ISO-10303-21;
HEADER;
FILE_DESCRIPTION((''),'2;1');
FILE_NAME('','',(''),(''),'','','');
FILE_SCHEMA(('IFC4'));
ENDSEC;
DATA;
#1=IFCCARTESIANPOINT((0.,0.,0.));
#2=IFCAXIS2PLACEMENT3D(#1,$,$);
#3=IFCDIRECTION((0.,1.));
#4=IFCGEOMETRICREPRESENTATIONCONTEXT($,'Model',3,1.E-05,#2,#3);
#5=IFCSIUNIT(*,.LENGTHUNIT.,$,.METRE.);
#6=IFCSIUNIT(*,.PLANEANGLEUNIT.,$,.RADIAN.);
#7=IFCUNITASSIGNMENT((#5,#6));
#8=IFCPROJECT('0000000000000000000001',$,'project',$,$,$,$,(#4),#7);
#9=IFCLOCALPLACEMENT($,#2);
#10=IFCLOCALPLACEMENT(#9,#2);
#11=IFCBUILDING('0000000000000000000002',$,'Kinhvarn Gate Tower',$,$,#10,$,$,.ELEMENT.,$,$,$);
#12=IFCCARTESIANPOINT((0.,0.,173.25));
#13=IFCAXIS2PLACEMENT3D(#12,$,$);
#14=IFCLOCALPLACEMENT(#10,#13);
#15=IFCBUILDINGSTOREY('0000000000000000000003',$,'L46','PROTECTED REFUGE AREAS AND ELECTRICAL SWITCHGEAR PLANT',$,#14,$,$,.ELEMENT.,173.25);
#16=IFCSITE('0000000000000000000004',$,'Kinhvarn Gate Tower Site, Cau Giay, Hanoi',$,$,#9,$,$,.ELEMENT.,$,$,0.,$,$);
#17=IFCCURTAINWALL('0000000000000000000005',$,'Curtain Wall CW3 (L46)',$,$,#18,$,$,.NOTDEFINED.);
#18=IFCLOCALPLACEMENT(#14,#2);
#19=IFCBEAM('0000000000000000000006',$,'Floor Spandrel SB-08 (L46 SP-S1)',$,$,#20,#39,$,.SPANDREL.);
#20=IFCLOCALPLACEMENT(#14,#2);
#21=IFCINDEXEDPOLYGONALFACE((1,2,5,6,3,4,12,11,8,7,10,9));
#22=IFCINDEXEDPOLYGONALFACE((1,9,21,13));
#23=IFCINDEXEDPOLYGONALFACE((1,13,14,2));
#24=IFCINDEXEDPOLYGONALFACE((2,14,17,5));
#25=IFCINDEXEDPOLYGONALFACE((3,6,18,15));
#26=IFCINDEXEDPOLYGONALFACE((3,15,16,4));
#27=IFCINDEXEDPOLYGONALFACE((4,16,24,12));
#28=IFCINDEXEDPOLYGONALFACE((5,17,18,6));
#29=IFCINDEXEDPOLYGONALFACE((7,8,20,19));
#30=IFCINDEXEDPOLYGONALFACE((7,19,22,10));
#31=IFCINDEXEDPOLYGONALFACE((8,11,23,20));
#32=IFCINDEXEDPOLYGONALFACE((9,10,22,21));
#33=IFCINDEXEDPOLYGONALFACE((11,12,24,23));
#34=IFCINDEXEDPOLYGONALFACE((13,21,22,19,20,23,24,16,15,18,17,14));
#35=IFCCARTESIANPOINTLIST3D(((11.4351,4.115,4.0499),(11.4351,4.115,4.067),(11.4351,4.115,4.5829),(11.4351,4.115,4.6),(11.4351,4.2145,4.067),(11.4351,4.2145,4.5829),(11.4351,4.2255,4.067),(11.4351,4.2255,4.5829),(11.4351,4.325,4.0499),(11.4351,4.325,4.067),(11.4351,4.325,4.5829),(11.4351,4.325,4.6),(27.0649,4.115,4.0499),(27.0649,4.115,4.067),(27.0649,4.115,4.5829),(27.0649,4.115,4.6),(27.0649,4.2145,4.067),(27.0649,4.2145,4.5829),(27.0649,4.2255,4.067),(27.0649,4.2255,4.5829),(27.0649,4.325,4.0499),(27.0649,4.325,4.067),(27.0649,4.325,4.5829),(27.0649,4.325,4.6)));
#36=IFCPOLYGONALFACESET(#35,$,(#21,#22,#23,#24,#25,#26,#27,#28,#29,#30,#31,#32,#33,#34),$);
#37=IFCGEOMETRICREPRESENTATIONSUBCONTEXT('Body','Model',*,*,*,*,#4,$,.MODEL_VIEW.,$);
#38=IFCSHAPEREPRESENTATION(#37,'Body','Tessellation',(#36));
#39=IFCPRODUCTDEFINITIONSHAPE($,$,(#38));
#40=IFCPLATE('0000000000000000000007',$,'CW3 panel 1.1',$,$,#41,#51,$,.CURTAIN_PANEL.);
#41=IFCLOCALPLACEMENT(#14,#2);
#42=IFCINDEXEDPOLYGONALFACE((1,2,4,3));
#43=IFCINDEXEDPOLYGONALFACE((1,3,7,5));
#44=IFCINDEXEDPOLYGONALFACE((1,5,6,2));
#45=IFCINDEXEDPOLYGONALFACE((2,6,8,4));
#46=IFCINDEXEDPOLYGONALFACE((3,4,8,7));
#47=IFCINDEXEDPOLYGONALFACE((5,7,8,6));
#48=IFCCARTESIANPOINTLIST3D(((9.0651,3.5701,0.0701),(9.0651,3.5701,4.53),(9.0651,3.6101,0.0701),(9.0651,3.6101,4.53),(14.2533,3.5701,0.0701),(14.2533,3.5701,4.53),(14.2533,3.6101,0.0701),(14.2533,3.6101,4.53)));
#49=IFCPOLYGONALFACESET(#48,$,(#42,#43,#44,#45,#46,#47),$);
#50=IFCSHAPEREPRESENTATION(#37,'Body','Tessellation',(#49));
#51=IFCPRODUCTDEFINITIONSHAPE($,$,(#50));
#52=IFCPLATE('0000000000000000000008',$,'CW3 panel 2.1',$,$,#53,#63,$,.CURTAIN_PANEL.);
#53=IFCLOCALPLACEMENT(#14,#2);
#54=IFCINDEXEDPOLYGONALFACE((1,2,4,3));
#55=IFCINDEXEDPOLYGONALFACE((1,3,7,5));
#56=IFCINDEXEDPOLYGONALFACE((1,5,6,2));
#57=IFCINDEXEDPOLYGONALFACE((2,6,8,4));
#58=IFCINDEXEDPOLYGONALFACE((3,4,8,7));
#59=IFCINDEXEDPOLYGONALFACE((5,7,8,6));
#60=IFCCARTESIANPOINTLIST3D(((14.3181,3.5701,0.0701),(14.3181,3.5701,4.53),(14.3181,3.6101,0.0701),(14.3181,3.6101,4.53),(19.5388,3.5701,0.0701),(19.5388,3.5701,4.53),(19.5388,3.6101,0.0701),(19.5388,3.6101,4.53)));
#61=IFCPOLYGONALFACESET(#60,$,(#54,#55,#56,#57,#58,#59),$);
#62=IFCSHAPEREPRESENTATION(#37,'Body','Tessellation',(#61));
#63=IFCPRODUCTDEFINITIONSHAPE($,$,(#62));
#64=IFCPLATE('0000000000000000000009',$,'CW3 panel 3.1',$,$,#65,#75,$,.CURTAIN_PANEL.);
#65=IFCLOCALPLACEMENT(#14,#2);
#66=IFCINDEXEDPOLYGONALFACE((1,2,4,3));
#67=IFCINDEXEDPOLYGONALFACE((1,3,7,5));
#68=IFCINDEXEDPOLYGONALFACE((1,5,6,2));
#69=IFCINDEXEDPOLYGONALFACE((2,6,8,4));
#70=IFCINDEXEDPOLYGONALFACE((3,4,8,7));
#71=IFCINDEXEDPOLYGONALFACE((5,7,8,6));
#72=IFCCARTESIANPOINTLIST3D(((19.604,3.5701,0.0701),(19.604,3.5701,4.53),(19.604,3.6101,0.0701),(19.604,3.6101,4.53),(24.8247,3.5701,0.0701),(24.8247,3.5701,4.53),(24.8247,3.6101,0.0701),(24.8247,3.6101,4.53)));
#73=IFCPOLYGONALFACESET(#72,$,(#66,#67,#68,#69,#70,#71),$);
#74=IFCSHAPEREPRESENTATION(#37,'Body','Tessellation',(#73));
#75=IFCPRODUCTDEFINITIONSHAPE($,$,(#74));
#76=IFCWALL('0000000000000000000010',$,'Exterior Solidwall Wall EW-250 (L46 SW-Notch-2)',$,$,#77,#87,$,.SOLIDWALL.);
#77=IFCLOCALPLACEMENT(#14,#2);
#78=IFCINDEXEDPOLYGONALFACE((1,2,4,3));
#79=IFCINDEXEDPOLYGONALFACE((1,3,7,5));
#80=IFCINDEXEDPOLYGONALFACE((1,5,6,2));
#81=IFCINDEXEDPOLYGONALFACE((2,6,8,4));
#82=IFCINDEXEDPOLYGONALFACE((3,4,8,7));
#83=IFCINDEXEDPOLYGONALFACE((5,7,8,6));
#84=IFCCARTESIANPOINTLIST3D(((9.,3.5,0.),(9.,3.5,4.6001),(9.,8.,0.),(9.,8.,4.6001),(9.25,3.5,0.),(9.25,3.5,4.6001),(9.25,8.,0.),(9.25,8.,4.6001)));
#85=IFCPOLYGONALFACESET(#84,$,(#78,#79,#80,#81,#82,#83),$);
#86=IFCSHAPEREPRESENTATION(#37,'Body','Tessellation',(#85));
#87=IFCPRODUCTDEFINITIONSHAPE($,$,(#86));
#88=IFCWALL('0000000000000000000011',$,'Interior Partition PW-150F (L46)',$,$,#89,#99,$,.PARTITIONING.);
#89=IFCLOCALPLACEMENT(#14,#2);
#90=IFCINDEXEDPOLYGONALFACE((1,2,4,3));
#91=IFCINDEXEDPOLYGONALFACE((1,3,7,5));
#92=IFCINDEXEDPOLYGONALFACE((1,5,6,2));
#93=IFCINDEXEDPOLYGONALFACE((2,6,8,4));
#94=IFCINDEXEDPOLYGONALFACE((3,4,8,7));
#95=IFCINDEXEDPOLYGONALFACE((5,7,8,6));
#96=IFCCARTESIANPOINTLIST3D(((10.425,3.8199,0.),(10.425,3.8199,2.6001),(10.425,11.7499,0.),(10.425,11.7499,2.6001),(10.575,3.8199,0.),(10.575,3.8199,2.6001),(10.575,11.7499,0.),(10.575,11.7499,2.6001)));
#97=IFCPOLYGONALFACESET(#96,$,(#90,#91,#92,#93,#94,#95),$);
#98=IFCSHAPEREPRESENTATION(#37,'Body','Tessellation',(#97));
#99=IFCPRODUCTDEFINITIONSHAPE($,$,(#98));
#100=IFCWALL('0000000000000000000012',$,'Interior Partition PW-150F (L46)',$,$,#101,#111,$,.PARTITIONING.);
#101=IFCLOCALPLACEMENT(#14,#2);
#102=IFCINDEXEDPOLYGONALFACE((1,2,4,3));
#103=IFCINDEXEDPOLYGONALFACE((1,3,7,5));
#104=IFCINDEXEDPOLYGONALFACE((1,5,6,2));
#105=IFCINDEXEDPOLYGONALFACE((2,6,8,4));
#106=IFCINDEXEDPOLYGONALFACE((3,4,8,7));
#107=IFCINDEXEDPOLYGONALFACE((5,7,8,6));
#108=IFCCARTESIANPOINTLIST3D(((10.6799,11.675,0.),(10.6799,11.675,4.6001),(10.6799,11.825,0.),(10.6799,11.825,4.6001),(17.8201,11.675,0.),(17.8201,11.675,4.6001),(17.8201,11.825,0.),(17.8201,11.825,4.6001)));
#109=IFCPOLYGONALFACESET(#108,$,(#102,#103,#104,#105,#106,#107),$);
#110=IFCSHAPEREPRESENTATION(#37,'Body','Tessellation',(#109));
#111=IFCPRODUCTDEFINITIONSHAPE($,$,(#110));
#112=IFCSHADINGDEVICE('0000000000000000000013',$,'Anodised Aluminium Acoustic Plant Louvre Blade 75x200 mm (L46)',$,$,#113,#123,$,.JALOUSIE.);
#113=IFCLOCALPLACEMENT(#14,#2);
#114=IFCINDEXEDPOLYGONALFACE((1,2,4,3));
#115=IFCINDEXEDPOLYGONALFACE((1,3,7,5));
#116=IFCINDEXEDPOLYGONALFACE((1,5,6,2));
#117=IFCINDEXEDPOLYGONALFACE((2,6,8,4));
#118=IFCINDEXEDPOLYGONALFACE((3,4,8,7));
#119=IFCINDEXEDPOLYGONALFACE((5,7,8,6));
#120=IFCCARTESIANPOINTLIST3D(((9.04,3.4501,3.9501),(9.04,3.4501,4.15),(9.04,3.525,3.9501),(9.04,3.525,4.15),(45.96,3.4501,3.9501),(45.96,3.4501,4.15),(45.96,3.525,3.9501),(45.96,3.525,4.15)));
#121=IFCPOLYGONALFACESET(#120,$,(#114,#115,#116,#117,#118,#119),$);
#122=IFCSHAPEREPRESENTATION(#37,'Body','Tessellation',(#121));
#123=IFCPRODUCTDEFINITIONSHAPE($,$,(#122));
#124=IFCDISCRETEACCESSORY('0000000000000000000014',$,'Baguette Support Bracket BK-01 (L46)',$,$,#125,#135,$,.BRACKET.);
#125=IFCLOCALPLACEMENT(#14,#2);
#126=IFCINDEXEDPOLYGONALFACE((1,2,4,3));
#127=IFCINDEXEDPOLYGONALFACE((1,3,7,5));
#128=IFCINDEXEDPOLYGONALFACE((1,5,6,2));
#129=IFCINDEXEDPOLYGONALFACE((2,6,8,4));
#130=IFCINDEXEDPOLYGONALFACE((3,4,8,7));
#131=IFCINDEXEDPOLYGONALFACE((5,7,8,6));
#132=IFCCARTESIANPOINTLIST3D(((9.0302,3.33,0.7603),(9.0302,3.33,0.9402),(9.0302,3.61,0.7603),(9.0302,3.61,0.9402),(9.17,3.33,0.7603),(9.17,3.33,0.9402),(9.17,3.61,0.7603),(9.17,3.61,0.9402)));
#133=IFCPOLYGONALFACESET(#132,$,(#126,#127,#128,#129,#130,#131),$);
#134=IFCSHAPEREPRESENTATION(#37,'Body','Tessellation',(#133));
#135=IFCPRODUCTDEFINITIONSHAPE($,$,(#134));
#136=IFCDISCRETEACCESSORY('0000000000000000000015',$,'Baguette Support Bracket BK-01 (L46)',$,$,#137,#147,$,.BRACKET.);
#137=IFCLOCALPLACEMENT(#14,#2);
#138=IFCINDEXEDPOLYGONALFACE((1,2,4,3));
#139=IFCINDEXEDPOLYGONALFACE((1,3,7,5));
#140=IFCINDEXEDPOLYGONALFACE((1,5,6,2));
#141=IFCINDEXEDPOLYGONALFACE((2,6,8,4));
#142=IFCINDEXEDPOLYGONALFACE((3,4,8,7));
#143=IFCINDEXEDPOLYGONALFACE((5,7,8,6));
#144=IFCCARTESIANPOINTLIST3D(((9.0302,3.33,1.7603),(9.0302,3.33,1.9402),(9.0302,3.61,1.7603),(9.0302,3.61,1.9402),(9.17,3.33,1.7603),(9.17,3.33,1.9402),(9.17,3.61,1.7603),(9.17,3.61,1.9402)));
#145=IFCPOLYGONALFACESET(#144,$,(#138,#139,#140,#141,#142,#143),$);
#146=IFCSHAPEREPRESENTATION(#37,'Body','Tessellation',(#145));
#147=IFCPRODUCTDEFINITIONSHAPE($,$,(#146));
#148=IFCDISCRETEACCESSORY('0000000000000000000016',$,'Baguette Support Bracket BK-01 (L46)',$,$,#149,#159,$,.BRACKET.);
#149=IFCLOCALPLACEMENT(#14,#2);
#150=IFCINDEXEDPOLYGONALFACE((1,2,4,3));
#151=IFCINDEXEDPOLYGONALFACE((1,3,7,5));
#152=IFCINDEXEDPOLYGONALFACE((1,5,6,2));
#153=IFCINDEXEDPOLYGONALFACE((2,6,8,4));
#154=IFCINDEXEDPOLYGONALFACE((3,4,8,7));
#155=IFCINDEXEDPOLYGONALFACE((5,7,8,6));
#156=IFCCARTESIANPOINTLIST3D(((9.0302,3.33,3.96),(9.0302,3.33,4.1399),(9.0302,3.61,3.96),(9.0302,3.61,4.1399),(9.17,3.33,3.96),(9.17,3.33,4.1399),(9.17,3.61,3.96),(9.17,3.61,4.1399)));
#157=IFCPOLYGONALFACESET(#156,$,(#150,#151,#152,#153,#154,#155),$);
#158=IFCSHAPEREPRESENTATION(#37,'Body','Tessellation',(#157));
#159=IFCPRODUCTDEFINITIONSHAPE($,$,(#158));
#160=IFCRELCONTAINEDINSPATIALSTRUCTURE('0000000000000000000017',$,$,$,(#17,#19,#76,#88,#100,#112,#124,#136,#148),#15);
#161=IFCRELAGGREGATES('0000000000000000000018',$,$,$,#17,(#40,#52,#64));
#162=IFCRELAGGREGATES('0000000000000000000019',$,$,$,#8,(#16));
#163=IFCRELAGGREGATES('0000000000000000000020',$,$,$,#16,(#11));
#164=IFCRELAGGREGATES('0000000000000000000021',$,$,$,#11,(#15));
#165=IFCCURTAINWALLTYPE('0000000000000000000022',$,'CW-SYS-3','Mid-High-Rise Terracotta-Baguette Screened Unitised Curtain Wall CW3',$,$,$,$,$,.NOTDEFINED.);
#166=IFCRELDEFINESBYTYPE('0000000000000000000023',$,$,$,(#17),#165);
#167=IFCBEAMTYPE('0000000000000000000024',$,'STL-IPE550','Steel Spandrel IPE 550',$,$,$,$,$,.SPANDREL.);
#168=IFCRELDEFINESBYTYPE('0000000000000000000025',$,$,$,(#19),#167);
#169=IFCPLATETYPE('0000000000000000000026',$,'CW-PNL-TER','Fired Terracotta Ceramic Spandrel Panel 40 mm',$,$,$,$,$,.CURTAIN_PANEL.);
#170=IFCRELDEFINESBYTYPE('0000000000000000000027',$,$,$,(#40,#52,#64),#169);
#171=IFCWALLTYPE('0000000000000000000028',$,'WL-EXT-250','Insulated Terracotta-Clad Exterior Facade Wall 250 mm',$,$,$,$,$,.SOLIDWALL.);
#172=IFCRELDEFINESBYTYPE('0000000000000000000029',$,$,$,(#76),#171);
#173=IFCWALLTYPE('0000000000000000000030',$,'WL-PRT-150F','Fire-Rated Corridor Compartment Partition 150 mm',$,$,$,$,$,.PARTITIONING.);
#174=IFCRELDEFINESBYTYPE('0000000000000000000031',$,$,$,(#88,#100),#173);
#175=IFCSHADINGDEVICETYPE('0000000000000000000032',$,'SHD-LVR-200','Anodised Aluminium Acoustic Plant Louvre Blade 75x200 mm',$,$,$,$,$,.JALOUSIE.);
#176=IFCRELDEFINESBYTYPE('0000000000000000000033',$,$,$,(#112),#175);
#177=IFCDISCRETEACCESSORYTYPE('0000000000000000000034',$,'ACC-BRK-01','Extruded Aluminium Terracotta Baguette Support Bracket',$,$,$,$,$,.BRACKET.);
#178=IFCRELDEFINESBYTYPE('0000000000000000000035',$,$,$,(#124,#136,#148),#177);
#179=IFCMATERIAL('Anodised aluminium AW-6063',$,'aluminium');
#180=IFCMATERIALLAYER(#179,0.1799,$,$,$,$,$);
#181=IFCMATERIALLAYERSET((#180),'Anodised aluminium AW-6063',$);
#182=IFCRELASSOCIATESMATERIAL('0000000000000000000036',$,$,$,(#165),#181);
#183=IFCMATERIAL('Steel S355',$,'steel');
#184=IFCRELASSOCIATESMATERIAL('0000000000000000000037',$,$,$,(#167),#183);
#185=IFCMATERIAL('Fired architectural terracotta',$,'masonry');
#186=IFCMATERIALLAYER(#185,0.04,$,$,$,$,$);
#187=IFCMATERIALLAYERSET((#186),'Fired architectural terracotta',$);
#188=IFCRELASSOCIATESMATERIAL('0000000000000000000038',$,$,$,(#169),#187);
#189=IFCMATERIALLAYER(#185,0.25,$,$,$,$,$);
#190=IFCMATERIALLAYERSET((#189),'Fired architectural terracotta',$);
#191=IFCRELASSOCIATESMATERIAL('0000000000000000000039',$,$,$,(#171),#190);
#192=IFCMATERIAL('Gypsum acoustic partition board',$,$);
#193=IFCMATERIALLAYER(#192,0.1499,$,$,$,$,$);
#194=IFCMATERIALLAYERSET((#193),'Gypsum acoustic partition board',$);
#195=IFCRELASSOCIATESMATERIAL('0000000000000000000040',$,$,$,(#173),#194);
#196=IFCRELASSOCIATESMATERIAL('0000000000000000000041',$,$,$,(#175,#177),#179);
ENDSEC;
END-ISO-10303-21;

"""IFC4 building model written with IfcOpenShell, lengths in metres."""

from ifc_helpers import new_model, si_unit, direction, frame, frame_2d, origin, origin_2d, place, context, subcontext, project, spatial, rectangle, i_section, extrude, material, layer, layer_set, material_profile, profile_set, type_object, element, aggregate, save


model = new_model("IFC4")

# Units and contexts
model_context = context("Model", 3, precision=1e-05, world=origin(), true_north=direction((0.0, 1.0)))
body_context = subcontext(model_context, "Body", "Model", "MODEL_VIEW")
ifc_project = project(units=[si_unit("LENGTHUNIT", "METRE"), si_unit("PLANEANGLEUNIT", "RADIAN")], contexts=[model_context])

# Site, building, storey
site_placement = place(None, origin())
site = spatial("IfcSite", under=ifc_project, at=site_placement, Name="Kinhvarn Gate Tower Site, Cau Giay, Hanoi", CompositionType="ELEMENT", RefElevation=0.0)
building_placement = place(site_placement, origin())
building = spatial("IfcBuilding", under=site, at=building_placement, Name="Kinhvarn Gate Tower", CompositionType="ELEMENT")
storey_placement = place(building_placement, frame((0.0, 0.0, 173.25)))
storey = spatial("IfcBuildingStorey", under=building, at=storey_placement, Name="L46", Description="PROTECTED REFUGE AREAS AND ELECTRICAL SWITCHGEAR PLANT", CompositionType="ELEMENT", Elevation=173.25)

# Curtain wall
ifc_material_1 = material(Name="Anodised aluminium AW-6063", Category="aluminium")
ifc_layer_1 = layer(ifc_material_1, 0.1799)
ifc_layer_set_1 = layer_set([ifc_layer_1], Name="Anodised aluminium AW-6063")
curtain_wall_type = type_object("IfcCurtainWallType", Name="CW-SYS-3", Description="Mid-High-Rise Terracotta-Baguette Screened Unitised Curtain Wall CW3", PredefinedType="NOTDEFINED", material=ifc_layer_set_1)
curtain_wall_placement = place(storey_placement, origin())
curtain_wall = element("IfcCurtainWall", 1, at=curtain_wall_placement, inside=storey, type_object=curtain_wall_type, Name="Curtain Wall CW3 (L46)", PredefinedType="NOTDEFINED")

# Beam
ifc_material_2 = material(Name="Steel S355", Category="steel")
ifc_material_profile_1 = material_profile(ifc_material_2, i_section(OverallWidth=0.21, OverallDepth=0.55, WebThickness=0.011, FlangeThickness=0.0171, at=origin_2d()), Name="IPE 550")
ifc_profile_set_1 = profile_set([ifc_material_profile_1], Name="Steel S355")
beam_type_1 = type_object("IfcBeamType", Name="STL-IPE550", Description="Steel Spandrel IPE 550", PredefinedType="SPANDREL", material=ifc_profile_set_1)
beam_1_placement = place(storey_placement, frame((11.4351, 4.22, 4.325), z_axis=(1.0, 0.0, 0.0), x_axis=(0.0, 1.0, 0.0)))
element("IfcBeam", 2, at=beam_1_placement, inside=storey, type_object=beam_type_1, Name="Floor Spandrel SB-08 (L46 SP-S1)", PredefinedType="SPANDREL", context=body_context, shape_type="SweptSolid", body=[
    extrude(i_section(OverallWidth=0.21, OverallDepth=0.55, WebThickness=0.011, FlangeThickness=0.0171, at=origin_2d()), origin(), (0.0, 0.0, 1.0), 15.6299),
])

# Plates
ifc_material_3 = material(Name="Fired architectural terracotta", Category="masonry")
ifc_layer_2 = layer(ifc_material_3, 0.04)
ifc_layer_set_2 = layer_set([ifc_layer_2], Name="Fired architectural terracotta")
plate_type = type_object("IfcPlateType", Name="CW-PNL-TER", Description="Fired Terracotta Ceramic Spandrel Panel 40 mm", PredefinedType="CURTAIN_PANEL", material=ifc_layer_set_2)
plate_1_placement = place(storey_placement, frame((11.6592, 3.5901, 0.0701), z_axis=(0.0, 0.0, 1.0), x_axis=(1.0, 0.0, 0.0)))
plate_1 = element("IfcPlate", 3, at=plate_1_placement, type_object=plate_type, Name="CW3 panel 1.1", PredefinedType="CURTAIN_PANEL", context=body_context, shape_type="SweptSolid", body=[
    extrude(rectangle(XDim=5.1882, YDim=0.04, at=origin_2d()), origin(), (0.0, 0.0, 1.0), 4.46),
])
plate_2_placement = place(storey_placement, frame((16.9285, 3.5901, 0.0701), z_axis=(0.0, 0.0, 1.0), x_axis=(1.0, 0.0, 0.0)))
plate_2 = element("IfcPlate", 4, at=plate_2_placement, type_object=plate_type, Name="CW3 panel 2.1", PredefinedType="CURTAIN_PANEL", context=body_context, shape_type="SweptSolid", body=[
    extrude(rectangle(XDim=5.2207, YDim=0.04, at=origin_2d()), origin(), (0.0, 0.0, 1.0), 4.46),
])
plate_3_placement = place(storey_placement, frame((22.2144, 3.5901, 0.0701), z_axis=(0.0, 0.0, 1.0), x_axis=(1.0, 0.0, 0.0)))
plate_3 = element("IfcPlate", 5, at=plate_3_placement, type_object=plate_type, Name="CW3 panel 3.1", PredefinedType="CURTAIN_PANEL", context=body_context, shape_type="SweptSolid", body=[
    extrude(rectangle(XDim=5.2207, YDim=0.04, at=origin_2d()), origin(), (0.0, 0.0, 1.0), 4.46),
])
aggregate(curtain_wall, [plate_1, plate_2, plate_3])

# Wall
ifc_layer_3 = layer(ifc_material_3, 0.25)
ifc_layer_set_3 = layer_set([ifc_layer_3], Name="Fired architectural terracotta")
wall_type_1 = type_object("IfcWallType", Name="WL-EXT-250", Description="Insulated Terracotta-Clad Exterior Facade Wall 250 mm", PredefinedType="SOLIDWALL", material=ifc_layer_set_3)
wall_1_placement = place(storey_placement, frame((9.125, 8.0, 0.0), z_axis=(0.0, 0.0, 1.0), x_axis=(0.0, -1.0, 0.0)))
element("IfcWall", 6, at=wall_1_placement, inside=storey, type_object=wall_type_1, Name="Exterior Solidwall Wall EW-250 (L46 SW-Notch-2)", PredefinedType="SOLIDWALL", context=body_context, shape_type="SweptSolid", body=[
    extrude(rectangle(XDim=4.5, YDim=0.25, at=frame_2d((2.25, 0.0))), origin(), (0.0, 0.0, 1.0), 4.6001),
])

# Shared definitions
ifc_material_4 = material(Name="Gypsum acoustic partition board")
ifc_layer_4 = layer(ifc_material_4, 0.1499)
ifc_layer_set_4 = layer_set([ifc_layer_4], Name="Gypsum acoustic partition board")
wall_type_2 = type_object("IfcWallType", Name="WL-PRT-150F", Description="Fire-Rated Corridor Compartment Partition 150 mm", PredefinedType="PARTITIONING", material=ifc_layer_set_4)

# Walls
wall_2_placement = place(storey_placement, frame((10.5, 3.8201, 0.0), z_axis=(0.0, 0.0, 1.0), x_axis=(0.0, 1.0, 0.0)))
element("IfcWall", 7, at=wall_2_placement, inside=storey, type_object=wall_type_2, Name="Interior Partition PW-150F (L46)", PredefinedType="PARTITIONING", context=body_context, shape_type="SweptSolid", body=[
    extrude(rectangle(XDim=7.9299, YDim=0.1499, at=frame_2d((3.9648, 0.0))), origin(), (0.0, 0.0, 1.0), 2.6001),
])
wall_3_placement = place(storey_placement, frame((10.6799, 11.75, 0.0), z_axis=(0.0, 0.0, 1.0), x_axis=(1.0, 0.0, 0.0)))
element("IfcWall", 8, at=wall_3_placement, inside=storey, type_object=wall_type_2, Name="Interior Partition PW-150F (L46)", PredefinedType="PARTITIONING", context=body_context, shape_type="SweptSolid", body=[
    extrude(rectangle(XDim=7.1401, YDim=0.1499, at=frame_2d((3.5701, 0.0))), origin(), (0.0, 0.0, 1.0), 4.6001),
])

# Shading device
ifc_material_profile_2 = material_profile(ifc_material_1, rectangle(XDim=0.075, YDim=0.2, at=origin_2d()), Name="LOUVRE 75x200")
ifc_profile_set_2 = profile_set([ifc_material_profile_2], Name="Anodised aluminium AW-6063")
shading_device_type = type_object("IfcShadingDeviceType", Name="SHD-LVR-200", Description="Anodised Aluminium Acoustic Plant Louvre Blade 75x200 mm", PredefinedType="JALOUSIE", material=ifc_profile_set_2)
shading_device_placement = place(storey_placement, frame((9.04, 3.4875, 4.05), z_axis=(1.0, 0.0, 0.0), x_axis=(0.0, 1.0, 0.0)))
element("IfcShadingDevice", 9, at=shading_device_placement, inside=storey, type_object=shading_device_type, Name="Anodised Aluminium Acoustic Plant Louvre Blade 75x200 mm (L46)", PredefinedType="JALOUSIE", context=body_context, shape_type="SweptSolid", body=[
    extrude(rectangle(XDim=0.075, YDim=0.2, at=origin_2d()), origin(), (0.0, 0.0, 1.0), 36.9199),
])

# Discrete accessories
discrete_accessory_type = type_object("IfcDiscreteAccessoryType", Name="ACC-BRK-01", Description="Extruded Aluminium Terracotta Baguette Support Bracket", PredefinedType="BRACKET", material=ifc_material_1)
for number, where, z_axis, x_axis, name in (
    (10, (9.1001, 3.47, 0.7603), (0.0, 0.0, 1.0), (1.0, 0.0, 0.0), "Baguette Support Bracket BK-01 (L46)"),
    (11, (9.1001, 3.47, 1.7603), (0.0, 0.0, 1.0), (1.0, 0.0, 0.0), "Baguette Support Bracket BK-01 (L46)"),
    (12, (9.1001, 3.47, 3.96), (0.0, 0.0, 1.0), (1.0, 0.0, 0.0), "Baguette Support Bracket BK-01 (L46)"),
):
    element("IfcDiscreteAccessory", number, at=place(storey_placement, frame(where, z_axis=z_axis, x_axis=x_axis)), inside=storey, type_object=discrete_accessory_type, Name=name, PredefinedType="BRACKET", context=body_context, shape_type="SweptSolid", body=[
        extrude(rectangle(XDim=0.1399, YDim=0.28, at=origin_2d()), origin(), (0.0, 0.0, 1.0), 0.1799),
    ])

save(model, "model.ifc")
